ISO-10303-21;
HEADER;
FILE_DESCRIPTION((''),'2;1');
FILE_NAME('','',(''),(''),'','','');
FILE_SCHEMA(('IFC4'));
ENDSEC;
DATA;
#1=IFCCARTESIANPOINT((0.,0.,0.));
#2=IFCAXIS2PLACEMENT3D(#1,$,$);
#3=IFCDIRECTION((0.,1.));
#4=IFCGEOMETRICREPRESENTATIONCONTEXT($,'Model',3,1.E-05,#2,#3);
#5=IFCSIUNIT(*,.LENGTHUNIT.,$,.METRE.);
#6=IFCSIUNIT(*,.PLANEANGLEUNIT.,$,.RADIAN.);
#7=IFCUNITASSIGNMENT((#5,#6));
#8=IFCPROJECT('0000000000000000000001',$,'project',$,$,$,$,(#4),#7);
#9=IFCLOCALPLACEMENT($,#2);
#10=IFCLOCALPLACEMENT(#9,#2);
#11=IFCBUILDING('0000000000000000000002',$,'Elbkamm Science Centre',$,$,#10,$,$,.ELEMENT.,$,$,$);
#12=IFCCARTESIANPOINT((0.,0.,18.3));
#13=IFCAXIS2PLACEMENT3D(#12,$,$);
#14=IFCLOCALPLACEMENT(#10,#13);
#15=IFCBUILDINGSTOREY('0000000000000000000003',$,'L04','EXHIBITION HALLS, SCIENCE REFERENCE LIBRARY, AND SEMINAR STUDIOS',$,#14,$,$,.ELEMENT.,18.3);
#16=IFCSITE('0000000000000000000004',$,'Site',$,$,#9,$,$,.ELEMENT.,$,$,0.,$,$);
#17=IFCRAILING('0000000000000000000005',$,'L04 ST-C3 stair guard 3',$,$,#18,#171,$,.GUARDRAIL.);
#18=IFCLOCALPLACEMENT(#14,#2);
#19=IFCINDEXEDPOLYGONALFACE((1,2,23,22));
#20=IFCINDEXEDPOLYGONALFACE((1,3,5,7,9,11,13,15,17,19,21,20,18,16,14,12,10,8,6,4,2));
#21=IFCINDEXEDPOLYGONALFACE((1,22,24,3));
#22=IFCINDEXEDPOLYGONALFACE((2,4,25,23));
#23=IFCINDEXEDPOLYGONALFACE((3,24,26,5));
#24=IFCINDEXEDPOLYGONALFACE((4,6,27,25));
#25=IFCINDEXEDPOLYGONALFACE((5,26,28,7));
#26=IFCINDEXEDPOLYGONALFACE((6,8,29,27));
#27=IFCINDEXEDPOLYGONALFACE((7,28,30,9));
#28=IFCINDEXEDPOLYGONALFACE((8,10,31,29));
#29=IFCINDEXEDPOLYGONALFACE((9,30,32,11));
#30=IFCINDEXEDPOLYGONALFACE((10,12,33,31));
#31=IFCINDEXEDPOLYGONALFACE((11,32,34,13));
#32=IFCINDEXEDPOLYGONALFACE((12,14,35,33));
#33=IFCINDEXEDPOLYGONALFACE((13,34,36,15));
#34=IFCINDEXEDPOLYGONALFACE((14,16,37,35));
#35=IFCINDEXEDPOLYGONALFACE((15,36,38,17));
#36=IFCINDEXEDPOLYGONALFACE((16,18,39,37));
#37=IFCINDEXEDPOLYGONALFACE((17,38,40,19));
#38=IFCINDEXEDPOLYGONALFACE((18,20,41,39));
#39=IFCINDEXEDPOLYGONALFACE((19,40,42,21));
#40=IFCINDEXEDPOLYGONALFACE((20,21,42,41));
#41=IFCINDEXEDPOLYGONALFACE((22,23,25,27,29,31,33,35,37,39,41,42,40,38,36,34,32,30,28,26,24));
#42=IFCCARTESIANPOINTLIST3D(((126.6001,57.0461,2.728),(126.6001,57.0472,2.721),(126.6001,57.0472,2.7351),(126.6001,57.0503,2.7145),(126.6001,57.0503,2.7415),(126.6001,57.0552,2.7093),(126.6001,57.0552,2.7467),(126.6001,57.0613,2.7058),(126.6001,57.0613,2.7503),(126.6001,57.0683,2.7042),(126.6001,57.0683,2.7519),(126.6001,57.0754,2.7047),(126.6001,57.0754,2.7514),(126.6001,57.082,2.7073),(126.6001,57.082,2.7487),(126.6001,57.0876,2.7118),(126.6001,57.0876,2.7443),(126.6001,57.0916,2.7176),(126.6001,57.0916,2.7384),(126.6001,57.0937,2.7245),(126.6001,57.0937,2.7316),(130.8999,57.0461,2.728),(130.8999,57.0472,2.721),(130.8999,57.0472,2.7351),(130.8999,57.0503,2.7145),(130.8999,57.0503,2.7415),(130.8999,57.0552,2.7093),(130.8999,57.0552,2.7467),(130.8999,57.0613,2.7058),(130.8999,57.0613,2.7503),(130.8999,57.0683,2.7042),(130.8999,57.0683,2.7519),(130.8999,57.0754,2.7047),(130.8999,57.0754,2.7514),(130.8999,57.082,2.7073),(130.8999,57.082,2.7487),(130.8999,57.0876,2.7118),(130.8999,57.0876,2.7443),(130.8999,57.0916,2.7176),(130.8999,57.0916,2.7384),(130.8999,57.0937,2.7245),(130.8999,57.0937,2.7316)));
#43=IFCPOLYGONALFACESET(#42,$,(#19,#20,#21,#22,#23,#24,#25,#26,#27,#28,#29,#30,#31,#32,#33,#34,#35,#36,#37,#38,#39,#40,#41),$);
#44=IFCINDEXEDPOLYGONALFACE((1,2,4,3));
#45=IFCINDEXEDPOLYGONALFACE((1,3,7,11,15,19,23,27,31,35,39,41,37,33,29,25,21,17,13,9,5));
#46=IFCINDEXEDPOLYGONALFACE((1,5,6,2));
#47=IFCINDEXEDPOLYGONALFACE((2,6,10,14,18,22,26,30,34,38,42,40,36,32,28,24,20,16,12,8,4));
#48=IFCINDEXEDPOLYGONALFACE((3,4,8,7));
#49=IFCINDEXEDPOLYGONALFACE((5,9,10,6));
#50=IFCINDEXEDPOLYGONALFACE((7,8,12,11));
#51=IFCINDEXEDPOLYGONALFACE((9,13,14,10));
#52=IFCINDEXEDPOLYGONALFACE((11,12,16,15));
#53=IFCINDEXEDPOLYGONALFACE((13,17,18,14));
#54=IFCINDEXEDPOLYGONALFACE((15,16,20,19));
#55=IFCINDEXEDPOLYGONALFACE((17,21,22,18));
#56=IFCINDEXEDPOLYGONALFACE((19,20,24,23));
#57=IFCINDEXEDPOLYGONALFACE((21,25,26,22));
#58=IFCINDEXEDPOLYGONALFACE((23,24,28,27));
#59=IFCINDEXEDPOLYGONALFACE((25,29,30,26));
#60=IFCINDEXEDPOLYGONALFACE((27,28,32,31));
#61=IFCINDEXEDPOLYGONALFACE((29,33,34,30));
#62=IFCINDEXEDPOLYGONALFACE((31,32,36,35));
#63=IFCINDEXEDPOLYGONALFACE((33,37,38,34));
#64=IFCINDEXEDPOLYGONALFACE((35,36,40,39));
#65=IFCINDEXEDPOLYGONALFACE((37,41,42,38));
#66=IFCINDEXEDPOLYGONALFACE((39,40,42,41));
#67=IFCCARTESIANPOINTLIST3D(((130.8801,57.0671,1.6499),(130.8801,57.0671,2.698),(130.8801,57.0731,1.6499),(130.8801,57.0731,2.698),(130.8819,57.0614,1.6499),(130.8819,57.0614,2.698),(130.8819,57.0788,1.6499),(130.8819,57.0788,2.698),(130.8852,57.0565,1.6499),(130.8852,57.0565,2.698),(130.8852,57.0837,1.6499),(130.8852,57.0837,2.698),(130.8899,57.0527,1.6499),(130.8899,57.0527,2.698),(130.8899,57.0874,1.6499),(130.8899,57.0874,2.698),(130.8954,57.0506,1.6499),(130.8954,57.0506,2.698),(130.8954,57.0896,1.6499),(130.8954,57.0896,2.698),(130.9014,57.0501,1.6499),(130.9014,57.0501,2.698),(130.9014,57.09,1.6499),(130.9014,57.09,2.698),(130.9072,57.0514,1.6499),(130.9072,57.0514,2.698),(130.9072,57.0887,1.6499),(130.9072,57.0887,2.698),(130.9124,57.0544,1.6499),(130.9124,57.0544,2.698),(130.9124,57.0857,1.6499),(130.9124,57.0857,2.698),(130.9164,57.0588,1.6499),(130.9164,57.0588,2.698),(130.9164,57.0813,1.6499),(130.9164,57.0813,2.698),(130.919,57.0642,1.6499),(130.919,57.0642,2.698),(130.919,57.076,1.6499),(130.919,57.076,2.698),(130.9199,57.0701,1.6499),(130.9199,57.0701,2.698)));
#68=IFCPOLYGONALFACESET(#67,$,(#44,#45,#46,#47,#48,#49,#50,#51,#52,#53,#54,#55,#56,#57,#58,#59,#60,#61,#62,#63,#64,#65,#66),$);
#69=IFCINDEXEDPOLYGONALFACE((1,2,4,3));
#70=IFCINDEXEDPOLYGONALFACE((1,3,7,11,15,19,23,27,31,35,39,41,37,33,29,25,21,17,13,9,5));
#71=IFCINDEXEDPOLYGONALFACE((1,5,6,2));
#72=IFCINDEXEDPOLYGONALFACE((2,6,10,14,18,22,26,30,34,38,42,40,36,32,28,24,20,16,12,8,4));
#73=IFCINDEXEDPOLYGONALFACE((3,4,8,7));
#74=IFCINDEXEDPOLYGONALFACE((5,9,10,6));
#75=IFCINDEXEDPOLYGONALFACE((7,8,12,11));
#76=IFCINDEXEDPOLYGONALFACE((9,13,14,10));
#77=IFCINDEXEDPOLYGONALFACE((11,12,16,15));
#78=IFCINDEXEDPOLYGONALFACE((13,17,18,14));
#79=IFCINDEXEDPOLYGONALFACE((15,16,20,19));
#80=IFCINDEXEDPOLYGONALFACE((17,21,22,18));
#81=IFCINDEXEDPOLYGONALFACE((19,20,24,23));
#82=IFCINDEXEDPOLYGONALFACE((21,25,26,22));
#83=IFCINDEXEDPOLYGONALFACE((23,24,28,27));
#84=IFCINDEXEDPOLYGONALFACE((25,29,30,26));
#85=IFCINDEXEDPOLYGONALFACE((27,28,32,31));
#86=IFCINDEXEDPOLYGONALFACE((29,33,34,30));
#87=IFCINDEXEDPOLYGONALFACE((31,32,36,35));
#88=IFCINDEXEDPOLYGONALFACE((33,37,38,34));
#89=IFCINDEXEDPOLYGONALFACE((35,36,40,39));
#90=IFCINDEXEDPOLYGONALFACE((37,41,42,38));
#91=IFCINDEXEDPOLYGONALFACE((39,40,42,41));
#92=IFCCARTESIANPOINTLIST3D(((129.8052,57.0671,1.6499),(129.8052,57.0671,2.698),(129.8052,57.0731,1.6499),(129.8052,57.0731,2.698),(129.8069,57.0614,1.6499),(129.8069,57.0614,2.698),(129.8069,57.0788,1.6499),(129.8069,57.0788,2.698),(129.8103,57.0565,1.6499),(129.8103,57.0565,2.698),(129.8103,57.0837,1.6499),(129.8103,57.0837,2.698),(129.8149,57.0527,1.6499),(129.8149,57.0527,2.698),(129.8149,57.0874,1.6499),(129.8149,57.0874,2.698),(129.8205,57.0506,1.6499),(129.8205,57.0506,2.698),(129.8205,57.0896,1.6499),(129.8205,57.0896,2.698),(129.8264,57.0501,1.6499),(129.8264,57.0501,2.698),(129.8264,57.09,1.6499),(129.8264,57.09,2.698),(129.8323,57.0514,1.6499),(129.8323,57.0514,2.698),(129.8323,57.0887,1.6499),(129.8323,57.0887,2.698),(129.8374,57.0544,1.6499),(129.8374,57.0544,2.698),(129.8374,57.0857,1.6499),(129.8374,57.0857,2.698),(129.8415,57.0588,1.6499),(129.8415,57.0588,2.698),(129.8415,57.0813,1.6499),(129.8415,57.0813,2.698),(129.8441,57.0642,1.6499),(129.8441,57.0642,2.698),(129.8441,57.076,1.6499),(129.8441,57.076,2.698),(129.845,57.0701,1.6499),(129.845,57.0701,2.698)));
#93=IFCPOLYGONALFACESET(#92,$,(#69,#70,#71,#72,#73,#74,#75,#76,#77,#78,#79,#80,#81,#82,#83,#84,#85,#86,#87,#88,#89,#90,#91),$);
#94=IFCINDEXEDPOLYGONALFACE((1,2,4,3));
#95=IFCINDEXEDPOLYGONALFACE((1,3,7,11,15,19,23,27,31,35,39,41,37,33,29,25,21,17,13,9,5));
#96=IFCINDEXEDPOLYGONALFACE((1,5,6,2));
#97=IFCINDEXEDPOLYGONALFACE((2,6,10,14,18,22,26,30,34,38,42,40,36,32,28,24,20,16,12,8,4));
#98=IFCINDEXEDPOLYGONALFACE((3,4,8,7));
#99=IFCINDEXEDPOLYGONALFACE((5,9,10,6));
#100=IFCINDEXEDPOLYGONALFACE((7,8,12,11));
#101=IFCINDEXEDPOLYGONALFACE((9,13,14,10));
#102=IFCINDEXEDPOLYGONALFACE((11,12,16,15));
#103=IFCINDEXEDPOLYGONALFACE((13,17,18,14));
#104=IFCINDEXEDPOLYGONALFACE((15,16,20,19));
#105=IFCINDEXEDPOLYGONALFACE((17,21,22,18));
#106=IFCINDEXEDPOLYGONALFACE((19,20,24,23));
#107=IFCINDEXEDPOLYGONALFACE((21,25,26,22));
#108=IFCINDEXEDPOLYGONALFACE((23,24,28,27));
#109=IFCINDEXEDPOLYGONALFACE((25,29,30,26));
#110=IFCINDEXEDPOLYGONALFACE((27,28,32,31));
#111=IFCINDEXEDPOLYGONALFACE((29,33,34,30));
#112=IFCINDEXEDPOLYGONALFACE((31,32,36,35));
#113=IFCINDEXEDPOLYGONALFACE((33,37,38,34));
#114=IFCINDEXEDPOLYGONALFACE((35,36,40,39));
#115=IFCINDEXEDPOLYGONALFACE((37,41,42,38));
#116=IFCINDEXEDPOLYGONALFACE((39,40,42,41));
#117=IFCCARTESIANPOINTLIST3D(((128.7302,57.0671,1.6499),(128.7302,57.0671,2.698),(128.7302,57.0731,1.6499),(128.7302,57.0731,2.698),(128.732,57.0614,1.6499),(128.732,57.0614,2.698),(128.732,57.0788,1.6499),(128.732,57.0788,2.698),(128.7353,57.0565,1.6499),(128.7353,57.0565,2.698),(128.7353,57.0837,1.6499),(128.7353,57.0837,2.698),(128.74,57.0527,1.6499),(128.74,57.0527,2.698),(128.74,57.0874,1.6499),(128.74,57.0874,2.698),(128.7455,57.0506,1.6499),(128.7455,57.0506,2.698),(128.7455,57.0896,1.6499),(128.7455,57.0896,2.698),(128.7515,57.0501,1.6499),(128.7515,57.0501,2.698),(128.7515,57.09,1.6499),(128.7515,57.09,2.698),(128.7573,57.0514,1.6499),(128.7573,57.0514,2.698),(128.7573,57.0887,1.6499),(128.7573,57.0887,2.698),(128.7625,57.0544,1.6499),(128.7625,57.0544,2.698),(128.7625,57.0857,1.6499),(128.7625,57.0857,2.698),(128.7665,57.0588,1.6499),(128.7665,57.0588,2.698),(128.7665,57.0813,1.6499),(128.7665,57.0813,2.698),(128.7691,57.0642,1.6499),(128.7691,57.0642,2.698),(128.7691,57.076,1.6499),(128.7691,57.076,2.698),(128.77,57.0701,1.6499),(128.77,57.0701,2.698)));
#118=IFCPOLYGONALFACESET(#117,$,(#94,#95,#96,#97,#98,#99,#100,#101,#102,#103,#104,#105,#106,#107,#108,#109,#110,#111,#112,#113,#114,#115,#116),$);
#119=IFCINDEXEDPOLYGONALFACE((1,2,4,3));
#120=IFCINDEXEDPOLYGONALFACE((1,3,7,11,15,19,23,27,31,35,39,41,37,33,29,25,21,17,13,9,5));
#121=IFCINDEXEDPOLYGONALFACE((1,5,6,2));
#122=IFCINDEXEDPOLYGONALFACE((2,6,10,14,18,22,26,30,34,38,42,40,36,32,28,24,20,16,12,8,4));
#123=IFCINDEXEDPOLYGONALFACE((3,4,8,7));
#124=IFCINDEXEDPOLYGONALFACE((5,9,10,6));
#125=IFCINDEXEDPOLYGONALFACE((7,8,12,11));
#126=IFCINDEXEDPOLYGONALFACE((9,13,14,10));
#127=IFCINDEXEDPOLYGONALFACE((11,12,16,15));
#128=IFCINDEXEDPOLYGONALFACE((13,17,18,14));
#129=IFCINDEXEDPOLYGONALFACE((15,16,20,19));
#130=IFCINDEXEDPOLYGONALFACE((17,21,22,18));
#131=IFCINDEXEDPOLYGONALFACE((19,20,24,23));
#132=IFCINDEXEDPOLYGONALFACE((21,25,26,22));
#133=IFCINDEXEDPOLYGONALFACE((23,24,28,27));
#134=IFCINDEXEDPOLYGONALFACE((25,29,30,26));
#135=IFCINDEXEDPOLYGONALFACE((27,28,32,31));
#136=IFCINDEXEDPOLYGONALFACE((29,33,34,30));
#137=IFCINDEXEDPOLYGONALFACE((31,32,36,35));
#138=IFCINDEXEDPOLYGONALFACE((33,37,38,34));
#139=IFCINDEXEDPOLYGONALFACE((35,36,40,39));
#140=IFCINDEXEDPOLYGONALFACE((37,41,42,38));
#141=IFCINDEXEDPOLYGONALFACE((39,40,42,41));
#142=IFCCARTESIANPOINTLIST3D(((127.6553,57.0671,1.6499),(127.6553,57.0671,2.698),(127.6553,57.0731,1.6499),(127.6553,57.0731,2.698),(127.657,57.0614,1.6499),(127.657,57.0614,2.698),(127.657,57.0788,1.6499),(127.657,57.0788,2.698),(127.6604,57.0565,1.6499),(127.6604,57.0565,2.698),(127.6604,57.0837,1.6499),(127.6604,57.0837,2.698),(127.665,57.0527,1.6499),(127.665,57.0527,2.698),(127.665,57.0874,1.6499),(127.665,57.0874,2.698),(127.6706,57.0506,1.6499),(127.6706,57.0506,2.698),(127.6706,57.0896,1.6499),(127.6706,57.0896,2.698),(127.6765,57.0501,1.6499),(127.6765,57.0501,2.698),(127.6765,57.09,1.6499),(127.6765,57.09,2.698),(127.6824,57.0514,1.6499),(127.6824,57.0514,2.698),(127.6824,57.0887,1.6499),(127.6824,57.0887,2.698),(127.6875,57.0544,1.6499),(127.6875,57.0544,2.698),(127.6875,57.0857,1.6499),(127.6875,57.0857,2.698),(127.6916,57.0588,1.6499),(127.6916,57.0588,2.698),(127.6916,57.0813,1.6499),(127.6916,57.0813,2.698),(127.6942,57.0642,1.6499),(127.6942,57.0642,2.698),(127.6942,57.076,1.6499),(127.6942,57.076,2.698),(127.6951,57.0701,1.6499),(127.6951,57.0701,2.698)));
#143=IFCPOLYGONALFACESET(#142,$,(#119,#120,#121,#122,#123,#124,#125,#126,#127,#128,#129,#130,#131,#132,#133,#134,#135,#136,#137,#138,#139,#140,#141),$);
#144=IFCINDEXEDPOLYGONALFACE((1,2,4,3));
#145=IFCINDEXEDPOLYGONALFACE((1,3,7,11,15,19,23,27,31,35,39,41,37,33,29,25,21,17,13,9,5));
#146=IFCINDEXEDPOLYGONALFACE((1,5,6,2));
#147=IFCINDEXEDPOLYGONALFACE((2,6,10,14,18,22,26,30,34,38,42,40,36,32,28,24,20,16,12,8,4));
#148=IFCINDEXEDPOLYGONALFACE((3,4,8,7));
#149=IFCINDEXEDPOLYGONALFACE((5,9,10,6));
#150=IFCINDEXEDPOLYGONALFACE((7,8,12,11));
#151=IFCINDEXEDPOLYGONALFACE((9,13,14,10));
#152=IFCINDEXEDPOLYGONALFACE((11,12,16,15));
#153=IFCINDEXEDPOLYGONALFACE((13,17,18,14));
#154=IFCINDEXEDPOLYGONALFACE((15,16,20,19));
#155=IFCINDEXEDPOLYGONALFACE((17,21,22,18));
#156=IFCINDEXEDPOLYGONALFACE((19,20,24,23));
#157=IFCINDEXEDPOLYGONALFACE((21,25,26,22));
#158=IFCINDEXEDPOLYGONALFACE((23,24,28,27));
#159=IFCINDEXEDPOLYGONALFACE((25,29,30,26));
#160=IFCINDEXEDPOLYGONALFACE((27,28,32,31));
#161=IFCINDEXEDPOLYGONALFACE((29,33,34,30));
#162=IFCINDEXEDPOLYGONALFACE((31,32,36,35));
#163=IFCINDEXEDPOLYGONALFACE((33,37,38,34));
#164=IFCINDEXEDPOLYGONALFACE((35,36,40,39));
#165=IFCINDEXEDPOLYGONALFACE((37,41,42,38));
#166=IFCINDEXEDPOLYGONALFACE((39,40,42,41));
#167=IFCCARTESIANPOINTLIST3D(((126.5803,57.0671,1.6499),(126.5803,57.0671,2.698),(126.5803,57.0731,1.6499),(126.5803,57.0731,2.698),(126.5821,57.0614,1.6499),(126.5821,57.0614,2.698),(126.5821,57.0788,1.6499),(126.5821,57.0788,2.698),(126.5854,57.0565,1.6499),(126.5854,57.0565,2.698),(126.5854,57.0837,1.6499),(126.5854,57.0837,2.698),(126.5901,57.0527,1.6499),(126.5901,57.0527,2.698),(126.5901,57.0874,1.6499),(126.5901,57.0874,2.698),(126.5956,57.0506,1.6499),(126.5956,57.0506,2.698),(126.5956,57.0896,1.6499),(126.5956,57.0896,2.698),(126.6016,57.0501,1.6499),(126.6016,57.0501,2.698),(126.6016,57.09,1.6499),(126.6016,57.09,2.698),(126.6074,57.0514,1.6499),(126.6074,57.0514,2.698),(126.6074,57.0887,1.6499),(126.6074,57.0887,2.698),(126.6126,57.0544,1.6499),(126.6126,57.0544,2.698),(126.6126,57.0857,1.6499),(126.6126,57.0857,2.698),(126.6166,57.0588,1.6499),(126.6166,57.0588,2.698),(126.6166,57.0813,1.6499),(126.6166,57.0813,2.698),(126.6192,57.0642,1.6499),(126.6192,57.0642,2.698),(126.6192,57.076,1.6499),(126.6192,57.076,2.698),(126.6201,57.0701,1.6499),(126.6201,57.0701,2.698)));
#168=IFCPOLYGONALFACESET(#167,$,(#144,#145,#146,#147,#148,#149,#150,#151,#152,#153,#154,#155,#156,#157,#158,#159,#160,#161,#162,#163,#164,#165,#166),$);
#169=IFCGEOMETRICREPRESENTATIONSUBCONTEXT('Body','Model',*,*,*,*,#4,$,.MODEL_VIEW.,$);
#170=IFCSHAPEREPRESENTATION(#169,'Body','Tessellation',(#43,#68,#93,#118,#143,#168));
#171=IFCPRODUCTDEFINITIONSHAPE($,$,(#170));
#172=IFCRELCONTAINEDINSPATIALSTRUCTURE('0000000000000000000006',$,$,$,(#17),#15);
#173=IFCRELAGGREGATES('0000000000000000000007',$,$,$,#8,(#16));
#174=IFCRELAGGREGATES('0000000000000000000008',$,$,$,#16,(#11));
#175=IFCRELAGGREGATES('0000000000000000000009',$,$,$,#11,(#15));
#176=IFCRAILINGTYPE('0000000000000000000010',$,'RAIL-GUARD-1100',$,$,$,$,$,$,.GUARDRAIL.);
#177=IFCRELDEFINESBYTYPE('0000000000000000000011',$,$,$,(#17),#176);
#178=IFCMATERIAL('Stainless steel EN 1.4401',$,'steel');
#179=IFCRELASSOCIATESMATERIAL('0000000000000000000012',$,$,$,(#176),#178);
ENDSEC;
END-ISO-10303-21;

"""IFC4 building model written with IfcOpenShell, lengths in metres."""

from ifc_helpers import new_model, si_unit, direction, frame, origin, origin_2d, place, context, subcontext, project, spatial, circle, extrude, material, type_object, element, save


model = new_model("IFC4")

# Units and contexts
model_context = context("Model", 3, precision=1e-05, world=origin(), true_north=direction((0.0, 1.0)))
body_context = subcontext(model_context, "Body", "Model", "MODEL_VIEW")
ifc_project = project(units=[si_unit("LENGTHUNIT", "METRE"), si_unit("PLANEANGLEUNIT", "RADIAN")], contexts=[model_context])

# Site, building, storey
site_placement = place(None, origin())
site = spatial("IfcSite", under=ifc_project, at=site_placement, Name="Site", CompositionType="ELEMENT", RefElevation=0.0)
building_placement = place(site_placement, origin())
building = spatial("IfcBuilding", under=site, at=building_placement, Name="Elbkamm Science Centre", CompositionType="ELEMENT")
storey_placement = place(building_placement, frame((0.0, 0.0, 18.3)))
storey = spatial("IfcBuildingStorey", under=building, at=storey_placement, Name="L04", Description="EXHIBITION HALLS, SCIENCE REFERENCE LIBRARY, AND SEMINAR STUDIOS", CompositionType="ELEMENT", Elevation=18.3)

# Railing
ifc_material_1 = material(Name="Stainless steel EN 1.4401", Category="steel")
railing_type_1 = type_object("IfcRailingType", Name="RAIL-GUARD-1100", PredefinedType="GUARDRAIL", material=ifc_material_1)
for number, where, name in (
    (1, (130.8999, 57.0701, 1.6499), "L04 ST-C3 stair guard 3"),
):
    element("IfcRailing", number, at=place(storey_placement, frame(where)), inside=storey, type_object=railing_type_1, Name=name, PredefinedType="GUARDRAIL", context=body_context, shape_type="SweptSolid", body=[
        extrude(circle(Radius=0.0239, at=origin_2d()), frame((0.0, 0.0, 1.0781), z_axis=(-1.0, 0.0, 0.0), x_axis=(0.0, -1.0, 0.0)), (0.0, 0.0, 1.0), 4.2998),
        extrude(circle(Radius=0.02, at=origin_2d()), origin(), (0.0, 0.0, 1.0), 1.0481),
        extrude(circle(Radius=0.02, at=origin_2d()), frame((-1.075, 0.0, 0.0)), (0.0, 0.0, 1.0), 1.0481),
        extrude(circle(Radius=0.02, at=origin_2d()), frame((-2.1499, 0.0, 0.0)), (0.0, 0.0, 1.0), 1.0481),
        extrude(circle(Radius=0.02, at=origin_2d()), frame((-3.2249, 0.0, 0.0)), (0.0, 0.0, 1.0), 1.0481),
        extrude(circle(Radius=0.02, at=origin_2d()), frame((-4.2998, 0.0, 0.0)), (0.0, 0.0, 1.0), 1.0481),
    ])

save(model, "model.ifc")
